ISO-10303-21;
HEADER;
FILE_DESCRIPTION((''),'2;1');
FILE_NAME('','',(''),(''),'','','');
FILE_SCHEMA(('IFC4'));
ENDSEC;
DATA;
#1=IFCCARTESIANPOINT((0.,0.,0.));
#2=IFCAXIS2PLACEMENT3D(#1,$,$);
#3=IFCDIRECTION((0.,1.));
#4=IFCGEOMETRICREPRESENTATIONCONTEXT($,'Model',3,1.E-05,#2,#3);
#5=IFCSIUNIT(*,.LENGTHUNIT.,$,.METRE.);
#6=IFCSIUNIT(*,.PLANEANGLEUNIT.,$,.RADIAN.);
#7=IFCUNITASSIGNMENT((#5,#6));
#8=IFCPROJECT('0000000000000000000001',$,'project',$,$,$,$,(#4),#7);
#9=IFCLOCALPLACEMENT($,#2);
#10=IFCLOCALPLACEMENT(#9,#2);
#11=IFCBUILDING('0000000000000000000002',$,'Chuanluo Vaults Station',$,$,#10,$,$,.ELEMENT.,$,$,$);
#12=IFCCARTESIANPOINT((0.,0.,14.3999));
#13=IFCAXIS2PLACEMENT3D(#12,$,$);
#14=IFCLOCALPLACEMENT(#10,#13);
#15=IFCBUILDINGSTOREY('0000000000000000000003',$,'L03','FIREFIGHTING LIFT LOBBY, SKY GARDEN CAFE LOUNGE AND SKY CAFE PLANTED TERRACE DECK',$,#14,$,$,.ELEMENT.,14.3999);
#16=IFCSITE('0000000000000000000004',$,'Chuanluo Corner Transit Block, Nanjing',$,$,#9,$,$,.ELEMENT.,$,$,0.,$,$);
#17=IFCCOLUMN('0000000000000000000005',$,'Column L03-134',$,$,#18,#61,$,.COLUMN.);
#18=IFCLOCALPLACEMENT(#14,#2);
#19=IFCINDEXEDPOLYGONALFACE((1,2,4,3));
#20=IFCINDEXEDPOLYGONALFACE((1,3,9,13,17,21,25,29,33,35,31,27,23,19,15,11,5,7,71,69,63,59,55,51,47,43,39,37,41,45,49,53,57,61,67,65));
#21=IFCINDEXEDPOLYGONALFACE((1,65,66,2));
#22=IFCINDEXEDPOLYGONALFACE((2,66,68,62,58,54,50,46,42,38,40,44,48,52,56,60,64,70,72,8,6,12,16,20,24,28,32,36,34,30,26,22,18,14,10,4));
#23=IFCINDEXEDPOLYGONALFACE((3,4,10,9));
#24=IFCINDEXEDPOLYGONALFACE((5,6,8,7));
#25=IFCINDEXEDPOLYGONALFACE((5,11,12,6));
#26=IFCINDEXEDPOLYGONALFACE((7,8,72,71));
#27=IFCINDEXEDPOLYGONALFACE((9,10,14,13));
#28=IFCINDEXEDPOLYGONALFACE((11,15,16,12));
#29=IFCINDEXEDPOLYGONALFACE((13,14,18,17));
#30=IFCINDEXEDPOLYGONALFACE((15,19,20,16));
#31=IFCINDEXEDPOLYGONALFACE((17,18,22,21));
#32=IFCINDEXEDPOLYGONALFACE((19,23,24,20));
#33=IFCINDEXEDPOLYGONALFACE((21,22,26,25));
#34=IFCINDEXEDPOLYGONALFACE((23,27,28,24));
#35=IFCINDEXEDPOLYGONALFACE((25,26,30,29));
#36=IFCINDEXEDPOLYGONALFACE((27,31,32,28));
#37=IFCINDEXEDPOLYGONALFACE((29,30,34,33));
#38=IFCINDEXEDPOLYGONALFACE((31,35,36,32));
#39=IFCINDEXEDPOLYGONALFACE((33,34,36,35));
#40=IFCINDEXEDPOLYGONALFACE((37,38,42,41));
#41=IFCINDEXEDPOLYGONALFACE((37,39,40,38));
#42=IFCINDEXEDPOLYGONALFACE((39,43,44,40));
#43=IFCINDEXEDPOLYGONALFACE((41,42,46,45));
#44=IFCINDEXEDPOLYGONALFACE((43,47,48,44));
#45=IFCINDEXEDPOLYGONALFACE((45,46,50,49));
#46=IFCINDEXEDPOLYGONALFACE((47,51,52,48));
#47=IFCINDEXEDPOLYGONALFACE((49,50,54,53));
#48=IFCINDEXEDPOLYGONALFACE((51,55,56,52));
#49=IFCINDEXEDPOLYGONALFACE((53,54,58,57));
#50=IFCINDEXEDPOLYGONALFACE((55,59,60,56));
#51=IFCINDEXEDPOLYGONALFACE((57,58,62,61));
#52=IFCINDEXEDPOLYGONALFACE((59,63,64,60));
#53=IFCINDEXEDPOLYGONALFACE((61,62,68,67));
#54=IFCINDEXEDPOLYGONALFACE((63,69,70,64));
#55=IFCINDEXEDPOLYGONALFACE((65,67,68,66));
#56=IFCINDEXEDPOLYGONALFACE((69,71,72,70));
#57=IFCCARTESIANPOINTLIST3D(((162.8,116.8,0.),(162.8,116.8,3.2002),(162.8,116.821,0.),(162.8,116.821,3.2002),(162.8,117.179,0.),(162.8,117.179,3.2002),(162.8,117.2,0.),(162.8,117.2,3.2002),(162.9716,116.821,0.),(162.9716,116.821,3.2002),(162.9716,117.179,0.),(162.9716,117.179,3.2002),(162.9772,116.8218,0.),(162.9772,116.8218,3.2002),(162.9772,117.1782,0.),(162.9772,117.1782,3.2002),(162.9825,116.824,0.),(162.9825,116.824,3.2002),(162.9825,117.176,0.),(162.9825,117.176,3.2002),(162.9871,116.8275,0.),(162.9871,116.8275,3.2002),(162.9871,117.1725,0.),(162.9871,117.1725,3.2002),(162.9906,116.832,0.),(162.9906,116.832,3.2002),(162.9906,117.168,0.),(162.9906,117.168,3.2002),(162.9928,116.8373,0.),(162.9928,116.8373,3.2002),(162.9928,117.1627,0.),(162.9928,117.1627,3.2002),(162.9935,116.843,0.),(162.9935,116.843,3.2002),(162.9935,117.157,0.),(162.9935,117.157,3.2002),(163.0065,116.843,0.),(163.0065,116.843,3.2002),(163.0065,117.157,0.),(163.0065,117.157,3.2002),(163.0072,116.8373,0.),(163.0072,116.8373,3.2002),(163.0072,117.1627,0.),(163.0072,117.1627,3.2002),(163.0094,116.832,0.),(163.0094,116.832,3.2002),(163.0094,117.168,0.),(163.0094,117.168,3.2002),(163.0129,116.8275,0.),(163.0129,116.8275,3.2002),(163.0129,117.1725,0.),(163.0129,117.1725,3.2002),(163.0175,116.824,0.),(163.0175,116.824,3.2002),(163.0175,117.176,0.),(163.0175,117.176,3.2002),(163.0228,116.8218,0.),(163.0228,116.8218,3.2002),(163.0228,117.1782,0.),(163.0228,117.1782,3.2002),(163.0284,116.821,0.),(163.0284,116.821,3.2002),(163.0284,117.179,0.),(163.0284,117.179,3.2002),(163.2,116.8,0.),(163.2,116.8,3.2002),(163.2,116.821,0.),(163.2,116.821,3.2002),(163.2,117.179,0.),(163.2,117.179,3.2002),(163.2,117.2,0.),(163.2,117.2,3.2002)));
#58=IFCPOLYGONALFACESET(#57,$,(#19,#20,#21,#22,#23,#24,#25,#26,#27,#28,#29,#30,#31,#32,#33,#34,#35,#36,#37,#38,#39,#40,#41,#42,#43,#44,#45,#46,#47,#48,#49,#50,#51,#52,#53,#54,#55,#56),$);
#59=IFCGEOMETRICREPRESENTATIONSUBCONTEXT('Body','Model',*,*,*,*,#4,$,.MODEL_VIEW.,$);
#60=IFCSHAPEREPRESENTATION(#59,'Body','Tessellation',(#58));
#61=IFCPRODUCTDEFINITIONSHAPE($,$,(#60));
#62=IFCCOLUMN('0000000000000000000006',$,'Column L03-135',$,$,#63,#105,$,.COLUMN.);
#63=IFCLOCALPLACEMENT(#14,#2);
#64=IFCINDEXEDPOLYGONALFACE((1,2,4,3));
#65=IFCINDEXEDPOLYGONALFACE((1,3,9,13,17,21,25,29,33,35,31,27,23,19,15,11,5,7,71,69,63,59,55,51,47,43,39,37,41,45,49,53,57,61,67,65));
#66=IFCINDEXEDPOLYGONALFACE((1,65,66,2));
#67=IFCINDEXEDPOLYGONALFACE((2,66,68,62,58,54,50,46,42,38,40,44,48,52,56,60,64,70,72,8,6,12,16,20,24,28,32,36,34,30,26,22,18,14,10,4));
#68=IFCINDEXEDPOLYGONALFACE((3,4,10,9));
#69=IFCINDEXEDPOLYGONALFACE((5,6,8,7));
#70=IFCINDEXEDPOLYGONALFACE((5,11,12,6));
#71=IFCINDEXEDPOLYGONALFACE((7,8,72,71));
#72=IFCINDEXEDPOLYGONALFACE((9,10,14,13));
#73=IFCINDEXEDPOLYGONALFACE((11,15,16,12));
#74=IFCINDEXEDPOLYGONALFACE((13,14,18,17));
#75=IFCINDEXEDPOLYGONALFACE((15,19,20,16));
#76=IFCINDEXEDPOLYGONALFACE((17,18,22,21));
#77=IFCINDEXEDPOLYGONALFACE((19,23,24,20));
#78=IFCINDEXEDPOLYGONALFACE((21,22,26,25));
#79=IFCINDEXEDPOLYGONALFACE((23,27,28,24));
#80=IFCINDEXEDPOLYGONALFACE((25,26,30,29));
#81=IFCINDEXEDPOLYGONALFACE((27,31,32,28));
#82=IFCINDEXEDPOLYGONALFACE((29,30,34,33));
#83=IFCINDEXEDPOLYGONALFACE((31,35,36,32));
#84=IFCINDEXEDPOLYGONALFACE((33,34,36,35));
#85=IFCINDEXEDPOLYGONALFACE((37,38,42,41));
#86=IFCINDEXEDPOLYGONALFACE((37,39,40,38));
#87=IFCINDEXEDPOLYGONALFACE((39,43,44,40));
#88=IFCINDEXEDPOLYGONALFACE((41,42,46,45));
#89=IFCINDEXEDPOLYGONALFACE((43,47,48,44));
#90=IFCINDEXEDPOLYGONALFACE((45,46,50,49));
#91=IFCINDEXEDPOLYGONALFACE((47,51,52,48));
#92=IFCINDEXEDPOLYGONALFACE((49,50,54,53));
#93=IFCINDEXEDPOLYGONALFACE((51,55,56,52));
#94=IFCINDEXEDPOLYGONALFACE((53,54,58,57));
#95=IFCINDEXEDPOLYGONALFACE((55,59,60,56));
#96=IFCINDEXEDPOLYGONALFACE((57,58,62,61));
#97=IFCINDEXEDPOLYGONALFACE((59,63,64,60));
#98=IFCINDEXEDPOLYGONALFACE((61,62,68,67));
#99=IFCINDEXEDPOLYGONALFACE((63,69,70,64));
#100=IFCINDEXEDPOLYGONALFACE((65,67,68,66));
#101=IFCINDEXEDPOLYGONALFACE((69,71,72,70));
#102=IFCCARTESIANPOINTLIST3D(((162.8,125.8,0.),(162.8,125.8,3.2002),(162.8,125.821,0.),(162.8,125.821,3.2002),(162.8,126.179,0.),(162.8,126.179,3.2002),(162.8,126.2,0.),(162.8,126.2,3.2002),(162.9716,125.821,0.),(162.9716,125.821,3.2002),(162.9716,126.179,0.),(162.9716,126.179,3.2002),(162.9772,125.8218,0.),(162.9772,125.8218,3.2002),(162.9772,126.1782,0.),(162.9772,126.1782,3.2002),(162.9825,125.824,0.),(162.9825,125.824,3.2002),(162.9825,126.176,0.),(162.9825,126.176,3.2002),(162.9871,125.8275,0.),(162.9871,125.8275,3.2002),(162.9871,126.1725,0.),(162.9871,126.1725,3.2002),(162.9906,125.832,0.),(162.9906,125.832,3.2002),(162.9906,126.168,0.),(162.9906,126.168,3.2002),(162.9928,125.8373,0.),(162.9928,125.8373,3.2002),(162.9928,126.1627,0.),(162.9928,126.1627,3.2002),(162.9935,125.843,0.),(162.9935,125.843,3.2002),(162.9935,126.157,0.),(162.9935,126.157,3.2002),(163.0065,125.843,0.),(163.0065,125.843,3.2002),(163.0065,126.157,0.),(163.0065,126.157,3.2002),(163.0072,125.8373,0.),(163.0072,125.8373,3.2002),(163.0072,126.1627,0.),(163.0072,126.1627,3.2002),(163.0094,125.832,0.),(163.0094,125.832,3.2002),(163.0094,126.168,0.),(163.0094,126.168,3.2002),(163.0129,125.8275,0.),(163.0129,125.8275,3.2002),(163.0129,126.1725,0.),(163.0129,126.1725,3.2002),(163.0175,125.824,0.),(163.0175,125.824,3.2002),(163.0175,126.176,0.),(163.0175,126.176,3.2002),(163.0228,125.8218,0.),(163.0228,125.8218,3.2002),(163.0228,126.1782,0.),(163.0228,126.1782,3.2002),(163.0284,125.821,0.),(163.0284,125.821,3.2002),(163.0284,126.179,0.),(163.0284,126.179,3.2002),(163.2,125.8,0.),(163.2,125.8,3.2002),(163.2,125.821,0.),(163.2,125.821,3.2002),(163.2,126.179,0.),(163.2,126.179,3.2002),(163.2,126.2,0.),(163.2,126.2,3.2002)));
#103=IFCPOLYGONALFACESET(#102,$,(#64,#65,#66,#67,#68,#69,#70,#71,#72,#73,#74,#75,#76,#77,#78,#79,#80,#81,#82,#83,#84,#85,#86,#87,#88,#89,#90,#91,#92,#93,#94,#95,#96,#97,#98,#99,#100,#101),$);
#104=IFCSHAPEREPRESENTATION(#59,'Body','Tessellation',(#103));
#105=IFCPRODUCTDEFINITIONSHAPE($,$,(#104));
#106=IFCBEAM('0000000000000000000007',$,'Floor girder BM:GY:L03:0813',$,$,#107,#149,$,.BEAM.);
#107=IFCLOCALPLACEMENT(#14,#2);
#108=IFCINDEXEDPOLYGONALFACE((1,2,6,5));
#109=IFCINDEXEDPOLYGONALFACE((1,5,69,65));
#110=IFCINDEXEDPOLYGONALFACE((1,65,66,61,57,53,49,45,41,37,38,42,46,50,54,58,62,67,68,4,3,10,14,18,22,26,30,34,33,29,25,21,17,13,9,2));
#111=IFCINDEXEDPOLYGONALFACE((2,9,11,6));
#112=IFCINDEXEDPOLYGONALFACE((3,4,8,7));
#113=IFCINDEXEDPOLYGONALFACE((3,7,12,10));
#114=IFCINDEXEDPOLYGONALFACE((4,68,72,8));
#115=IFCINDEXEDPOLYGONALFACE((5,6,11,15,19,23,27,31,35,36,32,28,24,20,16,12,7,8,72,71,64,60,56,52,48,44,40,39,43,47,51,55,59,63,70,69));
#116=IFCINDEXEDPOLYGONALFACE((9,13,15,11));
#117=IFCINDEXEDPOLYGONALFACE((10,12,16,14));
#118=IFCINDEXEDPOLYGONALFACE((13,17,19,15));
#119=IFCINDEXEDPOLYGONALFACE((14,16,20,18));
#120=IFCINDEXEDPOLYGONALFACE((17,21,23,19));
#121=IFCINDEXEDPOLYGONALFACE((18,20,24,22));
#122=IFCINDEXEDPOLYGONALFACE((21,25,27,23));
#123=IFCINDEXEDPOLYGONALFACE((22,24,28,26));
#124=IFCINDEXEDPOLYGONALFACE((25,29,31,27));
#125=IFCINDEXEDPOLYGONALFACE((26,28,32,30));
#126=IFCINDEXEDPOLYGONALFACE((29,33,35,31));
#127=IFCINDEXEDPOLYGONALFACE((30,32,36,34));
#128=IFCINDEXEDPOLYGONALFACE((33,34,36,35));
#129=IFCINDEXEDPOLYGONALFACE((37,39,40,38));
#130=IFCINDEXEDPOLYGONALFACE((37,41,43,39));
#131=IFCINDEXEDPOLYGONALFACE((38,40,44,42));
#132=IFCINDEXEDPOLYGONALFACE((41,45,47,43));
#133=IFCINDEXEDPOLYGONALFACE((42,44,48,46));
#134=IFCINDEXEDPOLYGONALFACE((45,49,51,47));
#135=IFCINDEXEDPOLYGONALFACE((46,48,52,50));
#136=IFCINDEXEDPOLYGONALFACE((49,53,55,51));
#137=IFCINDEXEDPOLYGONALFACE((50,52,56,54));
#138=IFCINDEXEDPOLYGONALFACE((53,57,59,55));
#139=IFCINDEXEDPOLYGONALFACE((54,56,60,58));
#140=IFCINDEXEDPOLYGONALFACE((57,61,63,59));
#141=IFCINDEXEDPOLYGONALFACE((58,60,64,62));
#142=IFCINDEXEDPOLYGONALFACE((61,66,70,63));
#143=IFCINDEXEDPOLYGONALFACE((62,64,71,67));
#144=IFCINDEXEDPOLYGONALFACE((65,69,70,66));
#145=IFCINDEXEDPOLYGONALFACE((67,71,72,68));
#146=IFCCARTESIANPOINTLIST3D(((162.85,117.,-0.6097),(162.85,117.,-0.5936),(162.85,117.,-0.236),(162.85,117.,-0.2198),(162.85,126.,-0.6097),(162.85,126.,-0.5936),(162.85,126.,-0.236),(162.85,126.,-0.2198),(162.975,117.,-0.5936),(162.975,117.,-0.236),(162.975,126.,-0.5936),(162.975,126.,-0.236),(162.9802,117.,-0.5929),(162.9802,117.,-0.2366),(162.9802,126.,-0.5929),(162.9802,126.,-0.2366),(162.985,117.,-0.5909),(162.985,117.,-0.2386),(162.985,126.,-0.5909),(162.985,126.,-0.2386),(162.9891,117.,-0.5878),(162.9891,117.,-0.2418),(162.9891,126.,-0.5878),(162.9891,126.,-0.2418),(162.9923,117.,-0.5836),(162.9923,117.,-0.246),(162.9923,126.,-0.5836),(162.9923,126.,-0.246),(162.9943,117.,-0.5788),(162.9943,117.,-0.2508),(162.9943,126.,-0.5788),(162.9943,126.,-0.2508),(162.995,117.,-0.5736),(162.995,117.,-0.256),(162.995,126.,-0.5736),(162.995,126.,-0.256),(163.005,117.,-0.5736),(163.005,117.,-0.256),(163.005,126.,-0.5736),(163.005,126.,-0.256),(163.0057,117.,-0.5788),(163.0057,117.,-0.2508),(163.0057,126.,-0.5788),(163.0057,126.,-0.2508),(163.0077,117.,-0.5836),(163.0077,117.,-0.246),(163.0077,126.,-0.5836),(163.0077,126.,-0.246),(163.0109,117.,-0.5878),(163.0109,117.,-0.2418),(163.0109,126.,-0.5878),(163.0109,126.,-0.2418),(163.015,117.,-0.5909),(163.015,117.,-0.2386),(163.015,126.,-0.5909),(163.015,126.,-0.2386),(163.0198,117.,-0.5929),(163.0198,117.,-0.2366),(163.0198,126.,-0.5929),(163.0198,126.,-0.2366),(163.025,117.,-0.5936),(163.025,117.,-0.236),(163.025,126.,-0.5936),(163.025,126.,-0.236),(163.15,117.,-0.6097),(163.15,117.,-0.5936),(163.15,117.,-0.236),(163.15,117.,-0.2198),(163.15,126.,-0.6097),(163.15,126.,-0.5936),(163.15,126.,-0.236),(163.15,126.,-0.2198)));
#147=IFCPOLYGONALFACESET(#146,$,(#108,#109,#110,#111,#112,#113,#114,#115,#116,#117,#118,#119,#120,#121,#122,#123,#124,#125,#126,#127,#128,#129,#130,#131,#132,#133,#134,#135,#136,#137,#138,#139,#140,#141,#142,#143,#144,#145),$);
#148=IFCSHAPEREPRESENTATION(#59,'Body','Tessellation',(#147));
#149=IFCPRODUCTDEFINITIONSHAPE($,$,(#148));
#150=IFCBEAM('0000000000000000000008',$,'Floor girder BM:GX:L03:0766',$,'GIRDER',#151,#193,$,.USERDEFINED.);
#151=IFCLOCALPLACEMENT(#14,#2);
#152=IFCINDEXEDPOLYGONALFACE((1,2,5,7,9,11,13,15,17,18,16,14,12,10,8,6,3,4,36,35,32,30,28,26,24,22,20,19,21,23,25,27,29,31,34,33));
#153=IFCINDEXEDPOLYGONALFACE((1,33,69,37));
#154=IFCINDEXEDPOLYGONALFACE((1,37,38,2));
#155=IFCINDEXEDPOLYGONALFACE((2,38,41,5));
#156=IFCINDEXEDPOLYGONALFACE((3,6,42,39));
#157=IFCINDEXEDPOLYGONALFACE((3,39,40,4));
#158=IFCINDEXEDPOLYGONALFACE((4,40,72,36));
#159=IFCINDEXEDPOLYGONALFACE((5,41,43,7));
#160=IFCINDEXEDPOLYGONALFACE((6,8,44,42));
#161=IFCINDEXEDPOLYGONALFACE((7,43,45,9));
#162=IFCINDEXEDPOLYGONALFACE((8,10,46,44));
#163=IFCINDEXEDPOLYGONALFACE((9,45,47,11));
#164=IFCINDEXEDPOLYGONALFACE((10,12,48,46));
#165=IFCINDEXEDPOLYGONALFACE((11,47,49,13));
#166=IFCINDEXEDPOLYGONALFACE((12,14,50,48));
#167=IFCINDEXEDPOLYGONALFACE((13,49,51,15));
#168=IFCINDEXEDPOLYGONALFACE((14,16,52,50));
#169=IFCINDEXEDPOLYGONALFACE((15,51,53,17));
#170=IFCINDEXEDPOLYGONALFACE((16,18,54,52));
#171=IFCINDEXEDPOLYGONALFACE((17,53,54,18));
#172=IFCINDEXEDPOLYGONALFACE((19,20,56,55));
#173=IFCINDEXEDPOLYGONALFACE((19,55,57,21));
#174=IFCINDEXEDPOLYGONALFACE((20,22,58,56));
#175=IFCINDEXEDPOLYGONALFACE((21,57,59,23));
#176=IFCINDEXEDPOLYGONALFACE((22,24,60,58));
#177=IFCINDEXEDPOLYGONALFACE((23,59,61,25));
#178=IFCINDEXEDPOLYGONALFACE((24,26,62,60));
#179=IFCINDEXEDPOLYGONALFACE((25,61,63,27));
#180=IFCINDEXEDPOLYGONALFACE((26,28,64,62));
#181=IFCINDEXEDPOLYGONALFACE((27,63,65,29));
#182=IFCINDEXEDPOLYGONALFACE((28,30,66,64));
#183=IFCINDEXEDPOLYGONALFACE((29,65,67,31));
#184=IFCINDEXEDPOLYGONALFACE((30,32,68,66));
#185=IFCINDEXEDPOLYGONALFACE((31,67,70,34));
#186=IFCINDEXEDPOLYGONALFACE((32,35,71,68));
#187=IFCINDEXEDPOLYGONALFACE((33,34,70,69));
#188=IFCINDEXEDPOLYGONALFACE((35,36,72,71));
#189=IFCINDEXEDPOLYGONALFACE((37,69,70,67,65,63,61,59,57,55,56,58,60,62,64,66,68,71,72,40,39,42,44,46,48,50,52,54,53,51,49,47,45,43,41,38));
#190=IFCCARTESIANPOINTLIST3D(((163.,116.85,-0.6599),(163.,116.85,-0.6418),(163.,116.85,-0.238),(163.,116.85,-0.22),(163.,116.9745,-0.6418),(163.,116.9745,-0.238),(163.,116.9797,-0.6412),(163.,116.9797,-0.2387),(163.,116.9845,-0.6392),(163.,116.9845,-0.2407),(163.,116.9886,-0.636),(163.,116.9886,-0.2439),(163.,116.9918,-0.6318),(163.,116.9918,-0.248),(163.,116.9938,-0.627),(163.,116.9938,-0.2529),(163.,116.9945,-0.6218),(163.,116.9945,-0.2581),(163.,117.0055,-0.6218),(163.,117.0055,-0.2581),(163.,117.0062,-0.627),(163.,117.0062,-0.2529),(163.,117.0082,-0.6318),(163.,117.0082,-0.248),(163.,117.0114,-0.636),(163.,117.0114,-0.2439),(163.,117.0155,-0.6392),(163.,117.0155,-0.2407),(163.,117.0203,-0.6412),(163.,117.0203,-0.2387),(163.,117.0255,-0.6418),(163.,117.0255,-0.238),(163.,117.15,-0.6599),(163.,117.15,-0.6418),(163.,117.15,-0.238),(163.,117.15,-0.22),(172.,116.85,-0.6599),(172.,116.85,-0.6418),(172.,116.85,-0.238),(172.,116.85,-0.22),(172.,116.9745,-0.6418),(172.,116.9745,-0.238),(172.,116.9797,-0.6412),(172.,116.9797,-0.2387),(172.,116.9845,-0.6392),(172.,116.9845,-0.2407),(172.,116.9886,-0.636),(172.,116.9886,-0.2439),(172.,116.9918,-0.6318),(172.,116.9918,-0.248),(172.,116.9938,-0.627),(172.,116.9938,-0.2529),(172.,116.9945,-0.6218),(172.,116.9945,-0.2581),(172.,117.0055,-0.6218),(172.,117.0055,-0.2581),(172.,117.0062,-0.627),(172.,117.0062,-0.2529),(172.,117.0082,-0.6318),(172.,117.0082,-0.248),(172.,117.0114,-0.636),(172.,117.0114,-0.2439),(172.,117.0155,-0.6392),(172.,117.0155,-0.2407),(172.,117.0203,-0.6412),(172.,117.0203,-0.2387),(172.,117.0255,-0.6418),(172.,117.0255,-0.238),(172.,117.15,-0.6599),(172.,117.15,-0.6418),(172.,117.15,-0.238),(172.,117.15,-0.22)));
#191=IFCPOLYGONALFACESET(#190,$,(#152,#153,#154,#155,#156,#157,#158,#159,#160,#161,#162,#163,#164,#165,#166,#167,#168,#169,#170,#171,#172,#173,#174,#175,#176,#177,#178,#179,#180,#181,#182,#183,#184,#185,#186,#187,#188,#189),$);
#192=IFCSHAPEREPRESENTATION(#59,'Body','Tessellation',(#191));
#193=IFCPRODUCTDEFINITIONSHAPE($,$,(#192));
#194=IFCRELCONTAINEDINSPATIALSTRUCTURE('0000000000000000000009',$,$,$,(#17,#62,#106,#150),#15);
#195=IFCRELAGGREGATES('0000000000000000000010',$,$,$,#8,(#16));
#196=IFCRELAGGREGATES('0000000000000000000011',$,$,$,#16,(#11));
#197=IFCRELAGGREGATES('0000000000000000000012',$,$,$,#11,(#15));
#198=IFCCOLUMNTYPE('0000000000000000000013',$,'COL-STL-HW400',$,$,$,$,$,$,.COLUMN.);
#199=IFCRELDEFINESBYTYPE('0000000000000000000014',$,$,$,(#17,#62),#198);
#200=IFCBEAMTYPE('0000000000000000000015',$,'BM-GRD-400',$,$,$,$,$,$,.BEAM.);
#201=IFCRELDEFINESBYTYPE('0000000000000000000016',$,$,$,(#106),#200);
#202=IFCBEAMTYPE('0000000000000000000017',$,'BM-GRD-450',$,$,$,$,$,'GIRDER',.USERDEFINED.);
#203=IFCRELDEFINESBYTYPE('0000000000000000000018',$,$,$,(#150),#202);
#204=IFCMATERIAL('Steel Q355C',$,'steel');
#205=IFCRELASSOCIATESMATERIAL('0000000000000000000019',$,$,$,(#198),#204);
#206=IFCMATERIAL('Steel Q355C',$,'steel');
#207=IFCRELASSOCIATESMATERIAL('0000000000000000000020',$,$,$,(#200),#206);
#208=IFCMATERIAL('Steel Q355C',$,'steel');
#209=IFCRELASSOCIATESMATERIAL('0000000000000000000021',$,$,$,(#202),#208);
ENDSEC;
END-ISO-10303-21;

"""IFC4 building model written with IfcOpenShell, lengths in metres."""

from ifc_helpers import new_model, si_unit, direction, frame, origin, origin_2d, place, context, subcontext, project, spatial, i_section, extrude, material, material_profile, profile_set, type_object, element, save


model = new_model("IFC4")

# Units and contexts
model_context = context("Model", 3, precision=1e-05, world=origin(), true_north=direction((0.0, 1.0)))
body_context = subcontext(model_context, "Body", "Model", "MODEL_VIEW")
ifc_project = project(units=[si_unit("LENGTHUNIT", "METRE"), si_unit("PLANEANGLEUNIT", "RADIAN")], contexts=[model_context])

# Site, building, storey
site_placement = place(None, origin())
site = spatial("IfcSite", under=ifc_project, at=site_placement, Name="Chuanluo Corner Transit Block, Nanjing", CompositionType="ELEMENT", RefElevation=0.0)
building_placement = place(site_placement, origin())
building = spatial("IfcBuilding", under=site, at=building_placement, Name="Chuanluo Vaults Station", CompositionType="ELEMENT")
storey_placement = place(building_placement, frame((0.0, 0.0, 14.3999)))
storey = spatial("IfcBuildingStorey", under=building, at=storey_placement, Name="L03", Description="FIREFIGHTING LIFT LOBBY, SKY GARDEN CAFE LOUNGE AND SKY CAFE PLANTED TERRACE DECK", CompositionType="ELEMENT", Elevation=14.3999)

# Columns
ifc_material_1 = material(Name="Steel Q355C", Category="steel")
ifc_material_profile_1 = material_profile(ifc_material_1, i_section(OverallWidth=0.3999, OverallDepth=0.3999, WebThickness=0.0129, FlangeThickness=0.021, FilletRadius=0.022, at=origin_2d()))
ifc_profile_set_1 = profile_set([ifc_material_profile_1], Name="Steel Q355C")
column_type = type_object("IfcColumnType", Name="COL-STL-HW400", PredefinedType="COLUMN", material=ifc_profile_set_1)
for number, where, z_axis, x_axis, name in (
    (1, (163.0, 117.0, 0.0), (0.0, 0.0, 1.0), (1.0, 0.0, 0.0), "Column L03-134"),
    (2, (163.0, 126.0, 0.0), (0.0, 0.0, 1.0), (1.0, 0.0, 0.0), "Column L03-135"),
):
    element("IfcColumn", number, at=place(storey_placement, frame(where, z_axis=z_axis, x_axis=x_axis)), inside=storey, type_object=column_type, Name=name, PredefinedType="COLUMN", context=body_context, shape_type="SweptSolid", body=[
        extrude(i_section(OverallWidth=0.3999, OverallDepth=0.3999, WebThickness=0.0129, FlangeThickness=0.021, FilletRadius=0.022, at=origin_2d()), origin(), (0.0, 0.0, 1.0), 3.2002),
    ])

# Beams
ifc_material_2 = material(Name="Steel Q355C", Category="steel")
ifc_material_profile_2 = material_profile(ifc_material_2, i_section(OverallWidth=0.3, OverallDepth=0.3899, WebThickness=0.01, FlangeThickness=0.0161, FilletRadius=0.02, at=origin_2d()))
ifc_profile_set_2 = profile_set([ifc_material_profile_2], Name="Steel Q355C")
beam_type_1 = type_object("IfcBeamType", Name="BM-GRD-400", PredefinedType="BEAM", material=ifc_profile_set_2)
beam_1_placement = place(storey_placement, frame((163.0, 117.0, -0.4148), z_axis=(0.0, 1.0, 0.0), x_axis=(-1.0, 0.0, 0.0)))
element("IfcBeam", 3, at=beam_1_placement, inside=storey, type_object=beam_type_1, Name="Floor girder BM:GY:L03:0813", PredefinedType="BEAM", context=body_context, shape_type="SweptSolid", body=[
    extrude(i_section(OverallWidth=0.3, OverallDepth=0.3899, WebThickness=0.01, FlangeThickness=0.0161, FilletRadius=0.02, at=origin_2d()), origin(), (0.0, 0.0, 1.0), 9.0),
])
ifc_material_3 = material(Name="Steel Q355C", Category="steel")
ifc_material_profile_3 = material_profile(ifc_material_3, i_section(OverallWidth=0.3, OverallDepth=0.4399, WebThickness=0.011, FlangeThickness=0.0181, FilletRadius=0.02, at=origin_2d()))
ifc_profile_set_3 = profile_set([ifc_material_profile_3], Name="Steel Q355C")
beam_type_2 = type_object("IfcBeamType", Name="BM-GRD-450", ElementType="GIRDER", PredefinedType="USERDEFINED", material=ifc_profile_set_3)
beam_2_placement = place(storey_placement, frame((163.0, 117.0, -0.4399), z_axis=(1.0, 0.0, 0.0), x_axis=(0.0, 1.0, 0.0)))
element("IfcBeam", 4, at=beam_2_placement, inside=storey, type_object=beam_type_2, Name="Floor girder BM:GX:L03:0766", ObjectType="GIRDER", PredefinedType="USERDEFINED", context=body_context, shape_type="SweptSolid", body=[
    extrude(i_section(OverallWidth=0.3, OverallDepth=0.4399, WebThickness=0.011, FlangeThickness=0.0181, FilletRadius=0.02, at=origin_2d()), origin(), (0.0, 0.0, 1.0), 9.0),
])

save(model, "model.ifc")
